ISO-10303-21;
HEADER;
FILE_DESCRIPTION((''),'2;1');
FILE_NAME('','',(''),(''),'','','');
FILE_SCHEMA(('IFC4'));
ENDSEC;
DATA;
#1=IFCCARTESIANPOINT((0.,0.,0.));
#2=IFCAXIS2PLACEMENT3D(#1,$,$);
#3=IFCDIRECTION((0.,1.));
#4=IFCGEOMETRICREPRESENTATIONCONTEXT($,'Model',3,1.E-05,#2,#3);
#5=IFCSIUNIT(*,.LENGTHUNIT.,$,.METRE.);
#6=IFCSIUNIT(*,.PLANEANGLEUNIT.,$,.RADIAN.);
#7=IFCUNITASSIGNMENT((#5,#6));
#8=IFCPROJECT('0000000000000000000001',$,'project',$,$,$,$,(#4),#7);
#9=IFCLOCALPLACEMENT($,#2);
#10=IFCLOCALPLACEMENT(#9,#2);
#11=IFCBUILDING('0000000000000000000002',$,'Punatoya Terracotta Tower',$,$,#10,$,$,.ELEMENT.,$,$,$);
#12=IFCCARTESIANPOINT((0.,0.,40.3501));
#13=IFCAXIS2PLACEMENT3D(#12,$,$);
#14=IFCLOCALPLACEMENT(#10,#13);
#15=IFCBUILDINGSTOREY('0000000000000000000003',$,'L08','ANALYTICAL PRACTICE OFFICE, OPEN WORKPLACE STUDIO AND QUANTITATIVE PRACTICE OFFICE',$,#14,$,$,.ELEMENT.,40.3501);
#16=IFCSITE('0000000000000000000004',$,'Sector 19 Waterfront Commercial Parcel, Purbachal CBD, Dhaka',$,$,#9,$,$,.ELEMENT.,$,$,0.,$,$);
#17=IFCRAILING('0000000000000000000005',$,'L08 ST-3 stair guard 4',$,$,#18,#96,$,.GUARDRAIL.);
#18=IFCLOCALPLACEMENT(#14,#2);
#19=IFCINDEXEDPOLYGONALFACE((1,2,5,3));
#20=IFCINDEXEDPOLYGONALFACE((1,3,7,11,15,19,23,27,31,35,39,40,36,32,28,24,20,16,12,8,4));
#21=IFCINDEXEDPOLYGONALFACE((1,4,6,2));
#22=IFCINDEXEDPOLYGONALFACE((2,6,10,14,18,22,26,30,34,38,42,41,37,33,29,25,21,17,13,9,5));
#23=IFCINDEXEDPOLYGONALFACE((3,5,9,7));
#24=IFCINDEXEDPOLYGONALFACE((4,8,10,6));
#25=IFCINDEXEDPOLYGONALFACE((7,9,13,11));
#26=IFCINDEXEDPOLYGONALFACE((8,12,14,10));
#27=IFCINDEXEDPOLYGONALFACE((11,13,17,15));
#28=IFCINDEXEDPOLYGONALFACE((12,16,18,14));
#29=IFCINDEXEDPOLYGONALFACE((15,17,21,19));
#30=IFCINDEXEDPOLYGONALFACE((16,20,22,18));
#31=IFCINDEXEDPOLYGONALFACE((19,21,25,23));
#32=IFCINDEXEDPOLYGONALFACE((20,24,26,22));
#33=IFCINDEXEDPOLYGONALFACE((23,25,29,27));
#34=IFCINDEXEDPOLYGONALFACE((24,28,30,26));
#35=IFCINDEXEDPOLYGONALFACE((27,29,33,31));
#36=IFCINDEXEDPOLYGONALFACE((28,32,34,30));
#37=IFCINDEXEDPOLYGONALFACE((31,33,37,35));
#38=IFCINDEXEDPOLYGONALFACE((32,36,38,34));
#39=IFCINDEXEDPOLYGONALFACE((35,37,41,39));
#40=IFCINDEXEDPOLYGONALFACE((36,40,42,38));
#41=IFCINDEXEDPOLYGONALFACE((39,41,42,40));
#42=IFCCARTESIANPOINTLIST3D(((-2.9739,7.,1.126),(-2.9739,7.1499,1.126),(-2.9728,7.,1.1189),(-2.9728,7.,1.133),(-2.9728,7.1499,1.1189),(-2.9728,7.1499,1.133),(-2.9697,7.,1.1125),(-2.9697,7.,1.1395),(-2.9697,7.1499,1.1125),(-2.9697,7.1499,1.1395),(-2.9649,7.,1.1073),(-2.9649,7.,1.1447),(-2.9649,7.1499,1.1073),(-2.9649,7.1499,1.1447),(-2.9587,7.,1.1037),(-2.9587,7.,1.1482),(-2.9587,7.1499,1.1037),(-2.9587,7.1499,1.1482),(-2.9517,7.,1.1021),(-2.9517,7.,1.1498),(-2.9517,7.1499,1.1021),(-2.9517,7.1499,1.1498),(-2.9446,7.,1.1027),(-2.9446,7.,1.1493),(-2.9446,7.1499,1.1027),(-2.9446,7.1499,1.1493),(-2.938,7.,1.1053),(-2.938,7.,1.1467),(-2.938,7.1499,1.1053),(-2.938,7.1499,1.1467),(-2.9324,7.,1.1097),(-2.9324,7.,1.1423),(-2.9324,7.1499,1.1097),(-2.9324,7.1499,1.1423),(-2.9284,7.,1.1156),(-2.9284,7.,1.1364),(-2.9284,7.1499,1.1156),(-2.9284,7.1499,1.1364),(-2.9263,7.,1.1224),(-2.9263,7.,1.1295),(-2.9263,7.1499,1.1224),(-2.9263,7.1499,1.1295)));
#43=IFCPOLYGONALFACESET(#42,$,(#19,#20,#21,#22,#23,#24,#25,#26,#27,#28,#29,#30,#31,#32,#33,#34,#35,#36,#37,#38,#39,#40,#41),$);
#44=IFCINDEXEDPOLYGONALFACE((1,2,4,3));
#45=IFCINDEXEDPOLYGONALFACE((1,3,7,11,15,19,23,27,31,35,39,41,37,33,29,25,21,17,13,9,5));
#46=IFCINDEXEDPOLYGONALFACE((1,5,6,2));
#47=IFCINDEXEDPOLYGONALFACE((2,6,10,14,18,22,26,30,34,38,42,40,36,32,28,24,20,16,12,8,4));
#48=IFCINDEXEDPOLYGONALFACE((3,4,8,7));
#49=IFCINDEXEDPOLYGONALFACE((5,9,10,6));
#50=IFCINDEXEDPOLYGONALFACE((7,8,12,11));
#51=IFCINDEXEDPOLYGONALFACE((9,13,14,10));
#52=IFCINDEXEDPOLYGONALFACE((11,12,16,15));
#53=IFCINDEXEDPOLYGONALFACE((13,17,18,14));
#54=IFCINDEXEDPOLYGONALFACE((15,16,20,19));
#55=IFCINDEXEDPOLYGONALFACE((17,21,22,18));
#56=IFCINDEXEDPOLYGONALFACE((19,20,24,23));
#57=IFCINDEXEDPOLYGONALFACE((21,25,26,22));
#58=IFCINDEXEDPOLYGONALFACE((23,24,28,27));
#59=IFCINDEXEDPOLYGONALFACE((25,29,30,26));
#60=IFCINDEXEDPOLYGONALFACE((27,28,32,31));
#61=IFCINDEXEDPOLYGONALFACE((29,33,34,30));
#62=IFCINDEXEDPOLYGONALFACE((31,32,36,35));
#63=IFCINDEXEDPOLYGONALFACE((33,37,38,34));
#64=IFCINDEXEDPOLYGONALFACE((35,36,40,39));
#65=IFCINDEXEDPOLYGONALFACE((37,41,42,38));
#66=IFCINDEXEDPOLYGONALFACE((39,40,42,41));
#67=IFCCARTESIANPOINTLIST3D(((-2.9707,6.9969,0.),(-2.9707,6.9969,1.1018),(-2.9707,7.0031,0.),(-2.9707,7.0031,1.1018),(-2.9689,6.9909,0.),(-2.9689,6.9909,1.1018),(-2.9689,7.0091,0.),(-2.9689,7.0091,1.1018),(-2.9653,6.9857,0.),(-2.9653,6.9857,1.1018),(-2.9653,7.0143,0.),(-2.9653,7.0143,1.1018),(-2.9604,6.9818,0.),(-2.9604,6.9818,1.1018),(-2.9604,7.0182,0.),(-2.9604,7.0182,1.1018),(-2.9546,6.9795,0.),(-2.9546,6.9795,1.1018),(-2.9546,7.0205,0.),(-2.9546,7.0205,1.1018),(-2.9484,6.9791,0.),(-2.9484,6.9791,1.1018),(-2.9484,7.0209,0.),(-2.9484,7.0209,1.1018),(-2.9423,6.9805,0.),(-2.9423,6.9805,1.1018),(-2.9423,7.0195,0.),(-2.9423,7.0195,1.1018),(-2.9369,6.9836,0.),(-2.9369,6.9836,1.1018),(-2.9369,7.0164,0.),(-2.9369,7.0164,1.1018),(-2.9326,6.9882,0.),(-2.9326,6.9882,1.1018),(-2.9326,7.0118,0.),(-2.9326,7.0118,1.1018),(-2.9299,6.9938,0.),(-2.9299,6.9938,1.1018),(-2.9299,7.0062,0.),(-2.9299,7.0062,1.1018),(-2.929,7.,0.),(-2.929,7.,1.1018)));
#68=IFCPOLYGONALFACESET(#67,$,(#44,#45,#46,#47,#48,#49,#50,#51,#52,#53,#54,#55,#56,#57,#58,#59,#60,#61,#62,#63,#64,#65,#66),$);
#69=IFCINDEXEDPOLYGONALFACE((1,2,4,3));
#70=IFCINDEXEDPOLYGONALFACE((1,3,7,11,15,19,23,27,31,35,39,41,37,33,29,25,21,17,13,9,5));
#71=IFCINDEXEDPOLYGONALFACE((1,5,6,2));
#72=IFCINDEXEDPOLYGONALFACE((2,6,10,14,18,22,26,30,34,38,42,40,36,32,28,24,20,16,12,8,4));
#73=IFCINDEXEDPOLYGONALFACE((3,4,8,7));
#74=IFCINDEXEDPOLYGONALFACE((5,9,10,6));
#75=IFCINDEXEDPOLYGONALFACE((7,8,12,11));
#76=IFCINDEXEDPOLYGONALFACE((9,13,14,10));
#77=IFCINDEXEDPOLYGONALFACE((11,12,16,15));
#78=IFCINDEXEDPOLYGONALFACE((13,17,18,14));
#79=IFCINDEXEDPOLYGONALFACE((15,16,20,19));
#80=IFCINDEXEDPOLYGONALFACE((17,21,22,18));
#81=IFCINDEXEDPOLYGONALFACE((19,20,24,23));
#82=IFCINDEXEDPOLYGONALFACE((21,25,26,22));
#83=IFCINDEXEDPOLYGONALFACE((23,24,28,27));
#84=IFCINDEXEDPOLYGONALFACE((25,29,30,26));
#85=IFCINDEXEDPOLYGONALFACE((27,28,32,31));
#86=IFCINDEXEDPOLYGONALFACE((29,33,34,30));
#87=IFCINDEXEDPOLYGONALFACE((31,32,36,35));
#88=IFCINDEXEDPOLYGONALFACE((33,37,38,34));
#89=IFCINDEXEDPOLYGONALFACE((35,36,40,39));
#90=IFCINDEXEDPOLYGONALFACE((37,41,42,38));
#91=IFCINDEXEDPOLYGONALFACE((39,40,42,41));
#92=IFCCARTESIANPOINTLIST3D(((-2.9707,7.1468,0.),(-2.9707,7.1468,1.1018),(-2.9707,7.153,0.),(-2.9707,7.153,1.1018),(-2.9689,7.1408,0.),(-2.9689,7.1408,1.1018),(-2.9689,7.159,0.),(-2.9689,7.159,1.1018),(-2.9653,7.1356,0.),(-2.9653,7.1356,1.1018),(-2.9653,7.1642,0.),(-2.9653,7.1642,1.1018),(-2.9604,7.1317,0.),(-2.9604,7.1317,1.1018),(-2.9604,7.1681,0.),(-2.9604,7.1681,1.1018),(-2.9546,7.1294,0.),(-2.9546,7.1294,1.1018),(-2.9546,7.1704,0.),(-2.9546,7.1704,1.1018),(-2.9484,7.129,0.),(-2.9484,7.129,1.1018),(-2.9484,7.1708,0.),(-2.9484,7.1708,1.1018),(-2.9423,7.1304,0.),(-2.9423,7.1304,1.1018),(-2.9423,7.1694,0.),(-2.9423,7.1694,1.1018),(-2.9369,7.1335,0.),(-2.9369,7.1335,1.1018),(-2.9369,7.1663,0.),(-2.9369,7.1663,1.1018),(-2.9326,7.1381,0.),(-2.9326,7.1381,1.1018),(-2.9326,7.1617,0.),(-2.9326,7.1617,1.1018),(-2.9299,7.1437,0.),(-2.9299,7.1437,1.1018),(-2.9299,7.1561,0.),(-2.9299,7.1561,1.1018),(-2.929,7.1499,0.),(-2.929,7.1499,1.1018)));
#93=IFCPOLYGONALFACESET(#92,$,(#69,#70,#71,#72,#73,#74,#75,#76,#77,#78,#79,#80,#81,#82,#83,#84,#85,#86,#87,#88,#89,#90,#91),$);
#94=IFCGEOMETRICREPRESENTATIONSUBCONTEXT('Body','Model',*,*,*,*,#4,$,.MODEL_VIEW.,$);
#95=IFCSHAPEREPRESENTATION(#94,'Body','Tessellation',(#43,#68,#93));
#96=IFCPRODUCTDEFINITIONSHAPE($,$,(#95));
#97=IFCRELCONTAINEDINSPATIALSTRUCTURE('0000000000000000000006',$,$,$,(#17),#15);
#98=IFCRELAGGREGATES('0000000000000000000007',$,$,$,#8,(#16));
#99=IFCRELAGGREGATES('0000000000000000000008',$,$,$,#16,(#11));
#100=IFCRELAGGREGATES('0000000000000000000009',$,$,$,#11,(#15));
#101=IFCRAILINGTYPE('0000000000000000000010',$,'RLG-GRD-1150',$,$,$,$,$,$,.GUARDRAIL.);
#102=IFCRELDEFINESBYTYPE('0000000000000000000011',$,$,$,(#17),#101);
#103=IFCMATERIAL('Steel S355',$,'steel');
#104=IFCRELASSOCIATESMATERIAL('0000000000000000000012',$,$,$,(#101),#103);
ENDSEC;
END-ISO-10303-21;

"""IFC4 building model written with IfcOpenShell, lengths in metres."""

from ifc_helpers import new_model, si_unit, direction, frame, origin, origin_2d, place, context, subcontext, project, spatial, circle, extrude, material, type_object, element, save


model = new_model("IFC4")

# Units and contexts
model_context = context("Model", 3, precision=1e-05, world=origin(), true_north=direction((0.0, 1.0)))
body_context = subcontext(model_context, "Body", "Model", "MODEL_VIEW")
ifc_project = project(units=[si_unit("LENGTHUNIT", "METRE"), si_unit("PLANEANGLEUNIT", "RADIAN")], contexts=[model_context])

# Site, building, storey
site_placement = place(None, origin())
site = spatial("IfcSite", under=ifc_project, at=site_placement, Name="Sector 19 Waterfront Commercial Parcel, Purbachal CBD, Dhaka", CompositionType="ELEMENT", RefElevation=0.0)
building_placement = place(site_placement, origin())
building = spatial("IfcBuilding", under=site, at=building_placement, Name="Punatoya Terracotta Tower", CompositionType="ELEMENT")
storey_placement = place(building_placement, frame((0.0, 0.0, 40.3501)))
storey = spatial("IfcBuildingStorey", under=building, at=storey_placement, Name="L08", Description="ANALYTICAL PRACTICE OFFICE, OPEN WORKPLACE STUDIO AND QUANTITATIVE PRACTICE OFFICE", CompositionType="ELEMENT", Elevation=40.3501)

# Shared definitions
ifc_material_1 = material(Name="Steel S355", Category="steel")

# Railing
railing_type_1 = type_object("IfcRailingType", Name="RLG-GRD-1150", PredefinedType="GUARDRAIL", material=ifc_material_1)
railing_1_placement = place(storey_placement, frame((-2.95, 7.0, 0.0)))
element("IfcRailing", 1, at=railing_1_placement, inside=storey, type_object=railing_type_1, Name="L08 ST-3 stair guard 4", PredefinedType="GUARDRAIL", context=body_context, shape_type="SweptSolid", body=[
    extrude(circle(Radius=0.0239, at=origin_2d()), frame((0.0, 0.0, 1.126), z_axis=(0.0, 1.0, 0.0), x_axis=(-1.0, 0.0, 0.0)), (0.0, 0.0, 1.0), 0.1499),
    extrude(circle(Radius=0.021, at=origin_2d()), origin(), (0.0, 0.0, 1.0), 1.1018),
    extrude(circle(Radius=0.021, at=origin_2d()), frame((0.0, 0.1499, 0.0)), (0.0, 0.0, 1.0), 1.1018),
])

save(model, "model.ifc")
